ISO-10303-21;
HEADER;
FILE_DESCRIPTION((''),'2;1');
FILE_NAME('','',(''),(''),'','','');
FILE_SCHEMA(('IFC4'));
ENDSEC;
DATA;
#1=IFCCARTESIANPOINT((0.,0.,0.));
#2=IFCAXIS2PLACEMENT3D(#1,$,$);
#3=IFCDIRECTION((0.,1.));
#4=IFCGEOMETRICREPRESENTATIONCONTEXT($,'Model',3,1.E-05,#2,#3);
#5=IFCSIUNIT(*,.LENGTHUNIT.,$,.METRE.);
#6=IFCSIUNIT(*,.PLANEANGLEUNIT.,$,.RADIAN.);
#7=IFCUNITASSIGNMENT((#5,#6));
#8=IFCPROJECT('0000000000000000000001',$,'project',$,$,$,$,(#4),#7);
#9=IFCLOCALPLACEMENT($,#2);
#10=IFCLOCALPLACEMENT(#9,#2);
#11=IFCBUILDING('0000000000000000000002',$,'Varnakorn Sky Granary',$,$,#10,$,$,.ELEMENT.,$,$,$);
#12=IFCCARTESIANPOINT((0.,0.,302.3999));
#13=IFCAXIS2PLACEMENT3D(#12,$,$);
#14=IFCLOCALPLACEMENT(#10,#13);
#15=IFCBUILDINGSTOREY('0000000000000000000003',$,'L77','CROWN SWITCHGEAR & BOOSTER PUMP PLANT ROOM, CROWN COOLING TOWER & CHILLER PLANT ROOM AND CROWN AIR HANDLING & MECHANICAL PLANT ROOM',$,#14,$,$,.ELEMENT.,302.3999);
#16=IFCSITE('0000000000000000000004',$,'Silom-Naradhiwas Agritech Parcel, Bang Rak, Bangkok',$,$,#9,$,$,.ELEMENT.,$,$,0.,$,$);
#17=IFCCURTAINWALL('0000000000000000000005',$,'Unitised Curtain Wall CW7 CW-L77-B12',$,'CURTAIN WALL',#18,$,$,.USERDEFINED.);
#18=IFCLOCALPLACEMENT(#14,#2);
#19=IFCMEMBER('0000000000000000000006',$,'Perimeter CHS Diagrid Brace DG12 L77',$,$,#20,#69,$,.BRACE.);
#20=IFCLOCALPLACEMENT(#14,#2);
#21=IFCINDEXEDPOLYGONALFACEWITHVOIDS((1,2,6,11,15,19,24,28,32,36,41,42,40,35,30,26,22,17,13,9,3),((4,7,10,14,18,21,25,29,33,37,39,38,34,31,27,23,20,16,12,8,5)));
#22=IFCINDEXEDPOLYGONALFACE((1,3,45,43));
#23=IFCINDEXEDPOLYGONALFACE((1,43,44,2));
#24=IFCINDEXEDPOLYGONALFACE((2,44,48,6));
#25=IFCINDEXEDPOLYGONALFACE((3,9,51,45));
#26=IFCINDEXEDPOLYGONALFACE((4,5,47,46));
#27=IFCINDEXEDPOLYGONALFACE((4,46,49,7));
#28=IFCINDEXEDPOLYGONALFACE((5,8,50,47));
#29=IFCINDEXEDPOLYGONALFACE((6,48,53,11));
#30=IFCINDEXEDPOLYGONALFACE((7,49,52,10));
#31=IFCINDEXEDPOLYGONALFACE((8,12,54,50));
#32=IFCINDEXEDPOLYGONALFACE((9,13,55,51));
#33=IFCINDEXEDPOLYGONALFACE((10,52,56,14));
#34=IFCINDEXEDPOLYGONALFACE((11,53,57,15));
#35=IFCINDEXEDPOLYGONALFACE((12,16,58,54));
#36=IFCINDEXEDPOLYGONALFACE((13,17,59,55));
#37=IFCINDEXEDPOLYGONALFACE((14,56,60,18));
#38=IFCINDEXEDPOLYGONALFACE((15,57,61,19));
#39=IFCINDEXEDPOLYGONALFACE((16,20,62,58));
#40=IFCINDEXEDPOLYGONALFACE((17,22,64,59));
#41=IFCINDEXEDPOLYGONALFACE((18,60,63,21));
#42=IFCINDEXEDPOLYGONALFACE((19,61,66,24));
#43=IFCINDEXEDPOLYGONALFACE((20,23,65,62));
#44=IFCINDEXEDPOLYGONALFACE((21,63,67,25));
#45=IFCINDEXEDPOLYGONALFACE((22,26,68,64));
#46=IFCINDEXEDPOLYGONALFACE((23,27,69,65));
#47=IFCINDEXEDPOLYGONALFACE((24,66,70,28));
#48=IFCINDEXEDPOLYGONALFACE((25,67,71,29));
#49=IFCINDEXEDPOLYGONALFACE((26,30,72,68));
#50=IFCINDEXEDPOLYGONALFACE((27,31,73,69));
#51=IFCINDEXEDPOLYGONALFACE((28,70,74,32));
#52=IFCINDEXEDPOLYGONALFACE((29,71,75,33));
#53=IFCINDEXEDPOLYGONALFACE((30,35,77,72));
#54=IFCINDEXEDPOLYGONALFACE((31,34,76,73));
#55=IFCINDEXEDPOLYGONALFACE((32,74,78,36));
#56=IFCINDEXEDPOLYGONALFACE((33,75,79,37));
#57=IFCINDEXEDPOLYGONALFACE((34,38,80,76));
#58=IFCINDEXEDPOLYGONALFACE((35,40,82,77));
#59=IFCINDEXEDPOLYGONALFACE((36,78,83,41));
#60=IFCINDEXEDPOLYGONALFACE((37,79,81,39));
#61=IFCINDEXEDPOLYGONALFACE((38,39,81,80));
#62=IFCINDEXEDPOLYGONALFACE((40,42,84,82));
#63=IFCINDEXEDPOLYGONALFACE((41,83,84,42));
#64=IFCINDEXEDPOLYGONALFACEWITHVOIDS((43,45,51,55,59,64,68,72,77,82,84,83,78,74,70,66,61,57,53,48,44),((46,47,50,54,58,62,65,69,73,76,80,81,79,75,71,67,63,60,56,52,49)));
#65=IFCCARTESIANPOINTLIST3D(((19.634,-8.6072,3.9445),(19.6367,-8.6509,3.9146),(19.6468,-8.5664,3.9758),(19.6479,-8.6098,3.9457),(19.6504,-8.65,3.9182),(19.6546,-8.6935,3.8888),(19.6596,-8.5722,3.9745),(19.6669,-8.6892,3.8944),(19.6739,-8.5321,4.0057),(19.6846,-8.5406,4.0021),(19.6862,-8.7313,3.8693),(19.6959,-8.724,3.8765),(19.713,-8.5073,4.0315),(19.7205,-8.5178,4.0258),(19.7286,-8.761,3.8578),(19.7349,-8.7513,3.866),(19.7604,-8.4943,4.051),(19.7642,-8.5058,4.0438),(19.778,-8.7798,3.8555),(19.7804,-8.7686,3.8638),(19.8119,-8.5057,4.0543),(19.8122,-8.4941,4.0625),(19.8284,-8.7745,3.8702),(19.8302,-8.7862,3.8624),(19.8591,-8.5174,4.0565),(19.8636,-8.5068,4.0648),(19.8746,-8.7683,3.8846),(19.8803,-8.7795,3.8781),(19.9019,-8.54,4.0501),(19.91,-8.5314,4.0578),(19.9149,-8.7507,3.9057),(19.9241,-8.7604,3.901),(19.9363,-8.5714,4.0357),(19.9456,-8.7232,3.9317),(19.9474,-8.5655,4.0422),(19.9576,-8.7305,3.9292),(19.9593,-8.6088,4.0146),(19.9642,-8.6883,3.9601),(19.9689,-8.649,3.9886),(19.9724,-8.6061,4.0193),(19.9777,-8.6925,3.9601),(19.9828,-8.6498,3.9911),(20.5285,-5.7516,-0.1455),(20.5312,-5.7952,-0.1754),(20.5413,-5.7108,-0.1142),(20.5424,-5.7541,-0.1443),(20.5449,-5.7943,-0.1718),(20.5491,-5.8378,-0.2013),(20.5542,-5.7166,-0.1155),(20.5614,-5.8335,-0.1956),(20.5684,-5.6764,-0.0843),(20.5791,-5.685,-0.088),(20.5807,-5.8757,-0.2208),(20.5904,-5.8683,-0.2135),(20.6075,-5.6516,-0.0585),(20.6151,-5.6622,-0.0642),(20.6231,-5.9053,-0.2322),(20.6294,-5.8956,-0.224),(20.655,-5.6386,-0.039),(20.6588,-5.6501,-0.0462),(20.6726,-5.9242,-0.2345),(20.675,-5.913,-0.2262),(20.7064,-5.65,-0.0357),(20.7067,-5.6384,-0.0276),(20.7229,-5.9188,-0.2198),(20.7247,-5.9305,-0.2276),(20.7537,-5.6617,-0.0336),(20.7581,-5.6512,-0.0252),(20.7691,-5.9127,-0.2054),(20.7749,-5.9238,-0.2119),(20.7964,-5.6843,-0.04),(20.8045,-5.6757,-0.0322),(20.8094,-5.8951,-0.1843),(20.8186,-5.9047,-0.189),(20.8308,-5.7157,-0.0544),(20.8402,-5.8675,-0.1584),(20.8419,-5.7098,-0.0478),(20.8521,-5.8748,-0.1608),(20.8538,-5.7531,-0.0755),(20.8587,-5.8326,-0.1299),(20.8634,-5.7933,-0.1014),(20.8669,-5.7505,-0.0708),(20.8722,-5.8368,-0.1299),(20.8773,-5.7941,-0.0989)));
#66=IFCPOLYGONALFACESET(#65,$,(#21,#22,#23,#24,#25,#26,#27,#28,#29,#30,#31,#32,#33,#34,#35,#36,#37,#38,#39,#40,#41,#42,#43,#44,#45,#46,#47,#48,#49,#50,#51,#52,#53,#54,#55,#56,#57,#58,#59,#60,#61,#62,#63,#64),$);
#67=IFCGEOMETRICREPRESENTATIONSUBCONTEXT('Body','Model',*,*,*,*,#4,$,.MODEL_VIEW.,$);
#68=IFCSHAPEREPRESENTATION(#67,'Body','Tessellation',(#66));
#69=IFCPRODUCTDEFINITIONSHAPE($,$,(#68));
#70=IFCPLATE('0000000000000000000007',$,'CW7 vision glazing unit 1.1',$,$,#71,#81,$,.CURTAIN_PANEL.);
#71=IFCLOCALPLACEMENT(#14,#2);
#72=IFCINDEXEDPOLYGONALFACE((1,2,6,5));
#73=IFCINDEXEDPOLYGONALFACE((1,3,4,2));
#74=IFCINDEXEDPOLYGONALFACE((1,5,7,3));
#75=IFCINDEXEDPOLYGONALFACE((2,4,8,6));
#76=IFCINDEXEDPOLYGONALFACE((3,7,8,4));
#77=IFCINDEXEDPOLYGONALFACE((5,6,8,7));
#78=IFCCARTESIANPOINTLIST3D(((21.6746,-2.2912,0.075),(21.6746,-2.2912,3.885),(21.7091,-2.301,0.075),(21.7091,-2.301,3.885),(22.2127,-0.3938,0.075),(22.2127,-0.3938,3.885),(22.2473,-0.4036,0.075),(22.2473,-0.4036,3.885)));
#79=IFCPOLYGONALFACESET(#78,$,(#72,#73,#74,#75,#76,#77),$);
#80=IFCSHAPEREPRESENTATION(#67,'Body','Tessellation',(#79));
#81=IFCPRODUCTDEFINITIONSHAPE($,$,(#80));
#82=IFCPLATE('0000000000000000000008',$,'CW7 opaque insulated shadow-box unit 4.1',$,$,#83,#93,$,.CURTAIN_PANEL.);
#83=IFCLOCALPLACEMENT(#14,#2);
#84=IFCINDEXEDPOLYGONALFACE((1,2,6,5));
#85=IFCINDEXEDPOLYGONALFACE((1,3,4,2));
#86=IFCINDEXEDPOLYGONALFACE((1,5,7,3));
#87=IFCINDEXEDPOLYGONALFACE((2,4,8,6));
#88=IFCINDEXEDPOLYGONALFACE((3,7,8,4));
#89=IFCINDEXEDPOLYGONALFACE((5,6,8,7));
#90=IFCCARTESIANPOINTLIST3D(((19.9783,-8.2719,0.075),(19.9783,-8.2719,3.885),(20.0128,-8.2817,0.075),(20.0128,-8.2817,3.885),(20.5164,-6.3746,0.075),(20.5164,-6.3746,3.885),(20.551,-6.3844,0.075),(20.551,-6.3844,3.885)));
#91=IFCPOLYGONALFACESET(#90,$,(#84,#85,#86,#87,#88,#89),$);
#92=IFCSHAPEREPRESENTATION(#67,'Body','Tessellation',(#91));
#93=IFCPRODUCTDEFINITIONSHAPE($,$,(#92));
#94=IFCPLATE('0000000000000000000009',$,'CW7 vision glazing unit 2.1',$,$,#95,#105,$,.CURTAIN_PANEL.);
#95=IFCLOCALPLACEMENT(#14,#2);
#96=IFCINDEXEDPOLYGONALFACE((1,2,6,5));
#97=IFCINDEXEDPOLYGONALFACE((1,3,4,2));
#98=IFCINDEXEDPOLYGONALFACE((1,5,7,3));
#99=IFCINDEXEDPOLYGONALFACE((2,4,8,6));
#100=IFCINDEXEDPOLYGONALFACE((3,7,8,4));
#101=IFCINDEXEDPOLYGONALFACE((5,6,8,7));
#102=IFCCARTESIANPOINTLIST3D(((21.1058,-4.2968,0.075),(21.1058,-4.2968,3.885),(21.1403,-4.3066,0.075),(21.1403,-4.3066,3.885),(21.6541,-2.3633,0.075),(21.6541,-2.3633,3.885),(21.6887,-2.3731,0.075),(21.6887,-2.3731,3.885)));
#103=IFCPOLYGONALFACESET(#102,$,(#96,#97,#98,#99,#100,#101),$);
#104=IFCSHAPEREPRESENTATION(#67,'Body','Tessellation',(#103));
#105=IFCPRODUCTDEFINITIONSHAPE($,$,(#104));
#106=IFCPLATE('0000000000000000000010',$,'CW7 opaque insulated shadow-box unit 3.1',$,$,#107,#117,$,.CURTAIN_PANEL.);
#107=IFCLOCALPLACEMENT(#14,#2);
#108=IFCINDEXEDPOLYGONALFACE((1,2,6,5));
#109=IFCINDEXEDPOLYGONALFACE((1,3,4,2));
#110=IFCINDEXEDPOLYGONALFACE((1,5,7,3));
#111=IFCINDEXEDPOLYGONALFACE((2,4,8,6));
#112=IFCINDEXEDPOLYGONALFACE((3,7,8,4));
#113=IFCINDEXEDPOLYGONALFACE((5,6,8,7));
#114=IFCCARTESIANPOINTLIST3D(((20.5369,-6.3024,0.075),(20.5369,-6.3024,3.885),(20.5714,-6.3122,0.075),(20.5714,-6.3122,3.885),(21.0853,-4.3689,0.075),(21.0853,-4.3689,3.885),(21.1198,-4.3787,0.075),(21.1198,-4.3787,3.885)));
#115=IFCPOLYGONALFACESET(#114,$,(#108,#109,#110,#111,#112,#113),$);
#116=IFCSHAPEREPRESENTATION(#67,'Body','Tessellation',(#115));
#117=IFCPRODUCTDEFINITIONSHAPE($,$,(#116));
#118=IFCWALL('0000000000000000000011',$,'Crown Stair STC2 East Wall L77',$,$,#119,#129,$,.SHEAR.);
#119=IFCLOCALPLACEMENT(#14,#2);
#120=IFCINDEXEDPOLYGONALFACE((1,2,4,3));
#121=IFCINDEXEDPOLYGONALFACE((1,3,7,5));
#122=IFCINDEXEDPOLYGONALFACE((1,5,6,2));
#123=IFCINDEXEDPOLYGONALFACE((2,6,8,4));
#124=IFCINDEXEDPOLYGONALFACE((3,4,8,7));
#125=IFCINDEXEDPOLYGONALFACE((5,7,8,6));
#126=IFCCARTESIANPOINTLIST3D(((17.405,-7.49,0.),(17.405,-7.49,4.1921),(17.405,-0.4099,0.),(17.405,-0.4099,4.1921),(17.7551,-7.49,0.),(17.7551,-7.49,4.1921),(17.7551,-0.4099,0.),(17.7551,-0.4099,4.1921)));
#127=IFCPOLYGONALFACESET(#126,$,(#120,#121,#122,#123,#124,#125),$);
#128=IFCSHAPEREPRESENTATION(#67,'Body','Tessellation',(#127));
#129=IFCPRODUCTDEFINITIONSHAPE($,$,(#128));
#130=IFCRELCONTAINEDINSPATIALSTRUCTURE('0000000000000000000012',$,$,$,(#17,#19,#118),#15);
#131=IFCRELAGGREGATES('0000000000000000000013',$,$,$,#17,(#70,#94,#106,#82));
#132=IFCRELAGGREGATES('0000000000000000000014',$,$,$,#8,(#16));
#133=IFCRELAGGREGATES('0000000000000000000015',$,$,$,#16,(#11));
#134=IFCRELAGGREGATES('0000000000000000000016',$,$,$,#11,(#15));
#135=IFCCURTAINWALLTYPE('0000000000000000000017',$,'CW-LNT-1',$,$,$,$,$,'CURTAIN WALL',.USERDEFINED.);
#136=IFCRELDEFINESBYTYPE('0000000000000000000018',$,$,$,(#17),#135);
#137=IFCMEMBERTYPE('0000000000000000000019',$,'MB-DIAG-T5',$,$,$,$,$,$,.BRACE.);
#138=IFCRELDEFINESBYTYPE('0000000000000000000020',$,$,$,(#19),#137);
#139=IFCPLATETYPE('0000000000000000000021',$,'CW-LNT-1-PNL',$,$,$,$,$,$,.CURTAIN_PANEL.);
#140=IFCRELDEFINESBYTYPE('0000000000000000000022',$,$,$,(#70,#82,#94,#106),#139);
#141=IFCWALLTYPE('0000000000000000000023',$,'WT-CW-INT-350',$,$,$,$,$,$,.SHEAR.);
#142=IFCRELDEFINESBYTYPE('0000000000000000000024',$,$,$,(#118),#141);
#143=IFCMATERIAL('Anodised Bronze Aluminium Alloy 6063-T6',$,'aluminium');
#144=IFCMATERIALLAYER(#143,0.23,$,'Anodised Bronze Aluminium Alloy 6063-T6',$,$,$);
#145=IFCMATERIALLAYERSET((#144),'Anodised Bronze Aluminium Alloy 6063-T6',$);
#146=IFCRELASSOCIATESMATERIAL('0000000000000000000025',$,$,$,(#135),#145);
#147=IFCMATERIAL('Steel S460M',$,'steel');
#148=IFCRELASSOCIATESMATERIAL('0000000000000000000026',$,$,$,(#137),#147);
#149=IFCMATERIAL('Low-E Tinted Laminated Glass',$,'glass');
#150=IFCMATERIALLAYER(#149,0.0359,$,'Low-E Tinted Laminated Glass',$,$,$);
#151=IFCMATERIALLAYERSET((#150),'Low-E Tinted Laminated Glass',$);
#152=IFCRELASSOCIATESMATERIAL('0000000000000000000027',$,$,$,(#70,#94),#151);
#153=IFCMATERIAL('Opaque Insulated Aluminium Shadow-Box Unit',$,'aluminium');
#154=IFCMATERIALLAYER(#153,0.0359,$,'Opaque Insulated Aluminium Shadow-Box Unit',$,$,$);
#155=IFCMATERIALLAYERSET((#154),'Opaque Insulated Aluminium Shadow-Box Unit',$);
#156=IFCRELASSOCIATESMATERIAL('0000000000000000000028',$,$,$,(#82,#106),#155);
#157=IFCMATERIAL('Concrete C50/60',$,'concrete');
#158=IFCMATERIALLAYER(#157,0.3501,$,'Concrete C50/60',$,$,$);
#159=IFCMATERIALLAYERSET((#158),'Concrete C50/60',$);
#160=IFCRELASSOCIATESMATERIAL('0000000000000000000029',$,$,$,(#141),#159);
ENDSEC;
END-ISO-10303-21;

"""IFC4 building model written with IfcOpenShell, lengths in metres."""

from ifc_helpers import new_model, si_unit, direction, frame, frame_2d, origin, origin_2d, place, context, subcontext, project, spatial, rectangle, hollow_circle, extrude, source, transform, mapped, material, layer, layer_set, material_profile, profile_set, type_object, type_shapes, element, aggregate, save


model = new_model("IFC4")

# Units and contexts
model_context = context("Model", 3, precision=1e-05, world=origin(), true_north=direction((0.0, 1.0)))
body_context = subcontext(model_context, "Body", "Model", "MODEL_VIEW")
ifc_project = project(units=[si_unit("LENGTHUNIT", "METRE"), si_unit("PLANEANGLEUNIT", "RADIAN")], contexts=[model_context])

# Site, building, storey
site_placement = place(None, origin())
site = spatial("IfcSite", under=ifc_project, at=site_placement, Name="Silom-Naradhiwas Agritech Parcel, Bang Rak, Bangkok", CompositionType="ELEMENT", RefElevation=0.0)
building_placement = place(site_placement, origin())
building = spatial("IfcBuilding", under=site, at=building_placement, Name="Varnakorn Sky Granary", CompositionType="ELEMENT")
storey_placement = place(building_placement, frame((0.0, 0.0, 302.3999)))
storey = spatial("IfcBuildingStorey", under=building, at=storey_placement, Name="L77", Description="CROWN SWITCHGEAR & BOOSTER PUMP PLANT ROOM, CROWN COOLING TOWER & CHILLER PLANT ROOM AND CROWN AIR HANDLING & MECHANICAL PLANT ROOM", CompositionType="ELEMENT", Elevation=302.3999)

# Shared definitions
ifc_material_1 = material(Name="Steel S460M", Category="steel")

# Curtain wall
ifc_material_2 = material(Name="Anodised Bronze Aluminium Alloy 6063-T6", Category="aluminium")
ifc_layer_1 = layer(ifc_material_2, 0.23, Name="Anodised Bronze Aluminium Alloy 6063-T6")
ifc_layer_set_1 = layer_set([ifc_layer_1], Name="Anodised Bronze Aluminium Alloy 6063-T6")
curtain_wall_type = type_object("IfcCurtainWallType", Name="CW-LNT-1", ElementType="CURTAIN WALL", PredefinedType="USERDEFINED", material=ifc_layer_set_1)
curtain_wall_placement = place(storey_placement, origin())
curtain_wall = element("IfcCurtainWall", 1, at=curtain_wall_placement, inside=storey, type_object=curtain_wall_type, Name="Unitised Curtain Wall CW7 CW-L77-B12", ObjectType="CURTAIN WALL", PredefinedType="USERDEFINED")

# Member
ifc_material_profile_1 = material_profile(ifc_material_1, hollow_circle(Radius=0.1777, WallThickness=0.0142, at=origin_2d()), Name="CHS 355.6x14")
ifc_profile_set_1 = profile_set([ifc_material_profile_1], Name="Steel S460M")
member_type_1 = type_object("IfcMemberType", Name="MB-DIAG-T5", PredefinedType="BRACE", material=ifc_profile_set_1)
member_1_placement = place(storey_placement, frame((20.7026, -5.7837, -0.1299), z_axis=(-0.176508, -0.563485, 0.80705), x_axis=(0.954278, -0.298921, 0.0)))
element("IfcMember", 2, at=member_1_placement, inside=storey, type_object=member_type_1, Name="Perimeter CHS Diagrid Brace DG12 L77", PredefinedType="BRACE", context=body_context, shape_type="SweptSolid", body=[
    extrude(hollow_circle(Radius=0.1777, WallThickness=0.0142, at=origin_2d()), origin(), (0.0, 0.0, 1.0), 5.0679),
])

# Plates
ifc_material_3 = material(Name="Low-E Tinted Laminated Glass", Category="glass")
ifc_layer_2 = layer(ifc_material_3, 0.0359, Name="Low-E Tinted Laminated Glass")
ifc_layer_set_2 = layer_set([ifc_layer_2], Name="Low-E Tinted Laminated Glass")
plate_type = type_object("IfcPlateType", Name="CW-LNT-1-PNL", PredefinedType="CURTAIN_PANEL")
shared_shape_1 = source(origin(), body_context, "Body", "SweptSolid", [
    extrude(rectangle(XDim=1.9722, YDim=0.0359, at=origin_2d()), origin(), (0.0, 0.0, 1.0), 3.8101),
])
plate_1_placement = place(storey_placement, frame((21.9609, -1.3474, 0.075), z_axis=(0.0, 0.0, 1.0), x_axis=(-0.27286, -0.962054, 0.0)))
plate_1 = element("IfcPlate", 3, at=plate_1_placement, type_object=plate_type, material=ifc_layer_set_2, Name="CW7 vision glazing unit 1.1", PredefinedType="CURTAIN_PANEL", context=body_context, shape_type="MappedRepresentation", body=[
    mapped(shared_shape_1, transform((0.0, 0.0, 0.0), x_axis=(1.0, 0.0, 0.0), y_axis=(0.0, 1.0, 0.0), z_axis=(0.0, 0.0, 1.0), scale=1.0)),
])
ifc_material_4 = material(Name="Opaque Insulated Aluminium Shadow-Box Unit", Category="aluminium")
ifc_layer_3 = layer(ifc_material_4, 0.0359, Name="Opaque Insulated Aluminium Shadow-Box Unit")
ifc_layer_set_3 = layer_set([ifc_layer_3], Name="Opaque Insulated Aluminium Shadow-Box Unit")
plate_2_placement = place(storey_placement, frame((20.2646, -7.3281, 0.075), z_axis=(0.0, 0.0, 1.0), x_axis=(-0.27286, -0.962054, 0.0)))
plate_2 = element("IfcPlate", 4, at=plate_2_placement, type_object=plate_type, material=ifc_layer_set_3, Name="CW7 opaque insulated shadow-box unit 4.1", PredefinedType="CURTAIN_PANEL", context=body_context, shape_type="MappedRepresentation", body=[
    mapped(shared_shape_1, transform((0.0, 0.0, 0.0), x_axis=(1.0, 0.0, 0.0), y_axis=(0.0, 1.0, 0.0), z_axis=(0.0, 0.0, 1.0), scale=1.0)),
])
shared_shape_2 = source(origin(), body_context, "Body", "SweptSolid", [
    extrude(rectangle(XDim=2.0098, YDim=0.0359, at=origin_2d()), origin(), (0.0, 0.0, 1.0), 3.8101),
])
type_shapes(plate_type, [shared_shape_1, shared_shape_2])
plate_3_placement = place(storey_placement, frame((21.3972, -3.335, 0.075), z_axis=(0.0, 0.0, 1.0), x_axis=(-0.27286, -0.962054, 0.0)))
plate_3 = element("IfcPlate", 5, at=plate_3_placement, type_object=plate_type, material=ifc_layer_set_2, Name="CW7 vision glazing unit 2.1", PredefinedType="CURTAIN_PANEL", context=body_context, shape_type="MappedRepresentation", body=[
    mapped(shared_shape_2, transform((0.0, 0.0, 0.0), x_axis=(1.0, 0.0, 0.0), y_axis=(0.0, 1.0, 0.0), z_axis=(0.0, 0.0, 1.0), scale=1.0)),
])
plate_4_placement = place(storey_placement, frame((20.8284, -5.3406, 0.075), z_axis=(0.0, 0.0, 1.0), x_axis=(-0.27286, -0.962054, 0.0)))
plate_4 = element("IfcPlate", 6, at=plate_4_placement, type_object=plate_type, material=ifc_layer_set_3, Name="CW7 opaque insulated shadow-box unit 3.1", PredefinedType="CURTAIN_PANEL", context=body_context, shape_type="MappedRepresentation", body=[
    mapped(shared_shape_2, transform((0.0, 0.0, 0.0), x_axis=(1.0, 0.0, 0.0), y_axis=(0.0, 1.0, 0.0), z_axis=(0.0, 0.0, 1.0), scale=1.0)),
])
aggregate(curtain_wall, [plate_1, plate_3, plate_4, plate_2])

# Wall
ifc_material_5 = material(Name="Concrete C50/60", Category="concrete")
ifc_layer_4 = layer(ifc_material_5, 0.3501, Name="Concrete C50/60")
ifc_layer_set_4 = layer_set([ifc_layer_4], Name="Concrete C50/60")
wall_type = type_object("IfcWallType", Name="WT-CW-INT-350", PredefinedType="SHEAR", material=ifc_layer_set_4)
wall_placement = place(storey_placement, frame((17.5801, -7.49, 0.0), z_axis=(0.0, 0.0, 1.0), x_axis=(0.0, 1.0, 0.0)))
element("IfcWall", 7, at=wall_placement, inside=storey, type_object=wall_type, Name="Crown Stair STC2 East Wall L77", PredefinedType="SHEAR", context=body_context, shape_type="SweptSolid", body=[
    extrude(rectangle(XDim=7.0801, YDim=0.3501, at=frame_2d((3.54, 0.0))), origin(), (0.0, 0.0, 1.0), 4.1921),
])

save(model, "model.ifc")
